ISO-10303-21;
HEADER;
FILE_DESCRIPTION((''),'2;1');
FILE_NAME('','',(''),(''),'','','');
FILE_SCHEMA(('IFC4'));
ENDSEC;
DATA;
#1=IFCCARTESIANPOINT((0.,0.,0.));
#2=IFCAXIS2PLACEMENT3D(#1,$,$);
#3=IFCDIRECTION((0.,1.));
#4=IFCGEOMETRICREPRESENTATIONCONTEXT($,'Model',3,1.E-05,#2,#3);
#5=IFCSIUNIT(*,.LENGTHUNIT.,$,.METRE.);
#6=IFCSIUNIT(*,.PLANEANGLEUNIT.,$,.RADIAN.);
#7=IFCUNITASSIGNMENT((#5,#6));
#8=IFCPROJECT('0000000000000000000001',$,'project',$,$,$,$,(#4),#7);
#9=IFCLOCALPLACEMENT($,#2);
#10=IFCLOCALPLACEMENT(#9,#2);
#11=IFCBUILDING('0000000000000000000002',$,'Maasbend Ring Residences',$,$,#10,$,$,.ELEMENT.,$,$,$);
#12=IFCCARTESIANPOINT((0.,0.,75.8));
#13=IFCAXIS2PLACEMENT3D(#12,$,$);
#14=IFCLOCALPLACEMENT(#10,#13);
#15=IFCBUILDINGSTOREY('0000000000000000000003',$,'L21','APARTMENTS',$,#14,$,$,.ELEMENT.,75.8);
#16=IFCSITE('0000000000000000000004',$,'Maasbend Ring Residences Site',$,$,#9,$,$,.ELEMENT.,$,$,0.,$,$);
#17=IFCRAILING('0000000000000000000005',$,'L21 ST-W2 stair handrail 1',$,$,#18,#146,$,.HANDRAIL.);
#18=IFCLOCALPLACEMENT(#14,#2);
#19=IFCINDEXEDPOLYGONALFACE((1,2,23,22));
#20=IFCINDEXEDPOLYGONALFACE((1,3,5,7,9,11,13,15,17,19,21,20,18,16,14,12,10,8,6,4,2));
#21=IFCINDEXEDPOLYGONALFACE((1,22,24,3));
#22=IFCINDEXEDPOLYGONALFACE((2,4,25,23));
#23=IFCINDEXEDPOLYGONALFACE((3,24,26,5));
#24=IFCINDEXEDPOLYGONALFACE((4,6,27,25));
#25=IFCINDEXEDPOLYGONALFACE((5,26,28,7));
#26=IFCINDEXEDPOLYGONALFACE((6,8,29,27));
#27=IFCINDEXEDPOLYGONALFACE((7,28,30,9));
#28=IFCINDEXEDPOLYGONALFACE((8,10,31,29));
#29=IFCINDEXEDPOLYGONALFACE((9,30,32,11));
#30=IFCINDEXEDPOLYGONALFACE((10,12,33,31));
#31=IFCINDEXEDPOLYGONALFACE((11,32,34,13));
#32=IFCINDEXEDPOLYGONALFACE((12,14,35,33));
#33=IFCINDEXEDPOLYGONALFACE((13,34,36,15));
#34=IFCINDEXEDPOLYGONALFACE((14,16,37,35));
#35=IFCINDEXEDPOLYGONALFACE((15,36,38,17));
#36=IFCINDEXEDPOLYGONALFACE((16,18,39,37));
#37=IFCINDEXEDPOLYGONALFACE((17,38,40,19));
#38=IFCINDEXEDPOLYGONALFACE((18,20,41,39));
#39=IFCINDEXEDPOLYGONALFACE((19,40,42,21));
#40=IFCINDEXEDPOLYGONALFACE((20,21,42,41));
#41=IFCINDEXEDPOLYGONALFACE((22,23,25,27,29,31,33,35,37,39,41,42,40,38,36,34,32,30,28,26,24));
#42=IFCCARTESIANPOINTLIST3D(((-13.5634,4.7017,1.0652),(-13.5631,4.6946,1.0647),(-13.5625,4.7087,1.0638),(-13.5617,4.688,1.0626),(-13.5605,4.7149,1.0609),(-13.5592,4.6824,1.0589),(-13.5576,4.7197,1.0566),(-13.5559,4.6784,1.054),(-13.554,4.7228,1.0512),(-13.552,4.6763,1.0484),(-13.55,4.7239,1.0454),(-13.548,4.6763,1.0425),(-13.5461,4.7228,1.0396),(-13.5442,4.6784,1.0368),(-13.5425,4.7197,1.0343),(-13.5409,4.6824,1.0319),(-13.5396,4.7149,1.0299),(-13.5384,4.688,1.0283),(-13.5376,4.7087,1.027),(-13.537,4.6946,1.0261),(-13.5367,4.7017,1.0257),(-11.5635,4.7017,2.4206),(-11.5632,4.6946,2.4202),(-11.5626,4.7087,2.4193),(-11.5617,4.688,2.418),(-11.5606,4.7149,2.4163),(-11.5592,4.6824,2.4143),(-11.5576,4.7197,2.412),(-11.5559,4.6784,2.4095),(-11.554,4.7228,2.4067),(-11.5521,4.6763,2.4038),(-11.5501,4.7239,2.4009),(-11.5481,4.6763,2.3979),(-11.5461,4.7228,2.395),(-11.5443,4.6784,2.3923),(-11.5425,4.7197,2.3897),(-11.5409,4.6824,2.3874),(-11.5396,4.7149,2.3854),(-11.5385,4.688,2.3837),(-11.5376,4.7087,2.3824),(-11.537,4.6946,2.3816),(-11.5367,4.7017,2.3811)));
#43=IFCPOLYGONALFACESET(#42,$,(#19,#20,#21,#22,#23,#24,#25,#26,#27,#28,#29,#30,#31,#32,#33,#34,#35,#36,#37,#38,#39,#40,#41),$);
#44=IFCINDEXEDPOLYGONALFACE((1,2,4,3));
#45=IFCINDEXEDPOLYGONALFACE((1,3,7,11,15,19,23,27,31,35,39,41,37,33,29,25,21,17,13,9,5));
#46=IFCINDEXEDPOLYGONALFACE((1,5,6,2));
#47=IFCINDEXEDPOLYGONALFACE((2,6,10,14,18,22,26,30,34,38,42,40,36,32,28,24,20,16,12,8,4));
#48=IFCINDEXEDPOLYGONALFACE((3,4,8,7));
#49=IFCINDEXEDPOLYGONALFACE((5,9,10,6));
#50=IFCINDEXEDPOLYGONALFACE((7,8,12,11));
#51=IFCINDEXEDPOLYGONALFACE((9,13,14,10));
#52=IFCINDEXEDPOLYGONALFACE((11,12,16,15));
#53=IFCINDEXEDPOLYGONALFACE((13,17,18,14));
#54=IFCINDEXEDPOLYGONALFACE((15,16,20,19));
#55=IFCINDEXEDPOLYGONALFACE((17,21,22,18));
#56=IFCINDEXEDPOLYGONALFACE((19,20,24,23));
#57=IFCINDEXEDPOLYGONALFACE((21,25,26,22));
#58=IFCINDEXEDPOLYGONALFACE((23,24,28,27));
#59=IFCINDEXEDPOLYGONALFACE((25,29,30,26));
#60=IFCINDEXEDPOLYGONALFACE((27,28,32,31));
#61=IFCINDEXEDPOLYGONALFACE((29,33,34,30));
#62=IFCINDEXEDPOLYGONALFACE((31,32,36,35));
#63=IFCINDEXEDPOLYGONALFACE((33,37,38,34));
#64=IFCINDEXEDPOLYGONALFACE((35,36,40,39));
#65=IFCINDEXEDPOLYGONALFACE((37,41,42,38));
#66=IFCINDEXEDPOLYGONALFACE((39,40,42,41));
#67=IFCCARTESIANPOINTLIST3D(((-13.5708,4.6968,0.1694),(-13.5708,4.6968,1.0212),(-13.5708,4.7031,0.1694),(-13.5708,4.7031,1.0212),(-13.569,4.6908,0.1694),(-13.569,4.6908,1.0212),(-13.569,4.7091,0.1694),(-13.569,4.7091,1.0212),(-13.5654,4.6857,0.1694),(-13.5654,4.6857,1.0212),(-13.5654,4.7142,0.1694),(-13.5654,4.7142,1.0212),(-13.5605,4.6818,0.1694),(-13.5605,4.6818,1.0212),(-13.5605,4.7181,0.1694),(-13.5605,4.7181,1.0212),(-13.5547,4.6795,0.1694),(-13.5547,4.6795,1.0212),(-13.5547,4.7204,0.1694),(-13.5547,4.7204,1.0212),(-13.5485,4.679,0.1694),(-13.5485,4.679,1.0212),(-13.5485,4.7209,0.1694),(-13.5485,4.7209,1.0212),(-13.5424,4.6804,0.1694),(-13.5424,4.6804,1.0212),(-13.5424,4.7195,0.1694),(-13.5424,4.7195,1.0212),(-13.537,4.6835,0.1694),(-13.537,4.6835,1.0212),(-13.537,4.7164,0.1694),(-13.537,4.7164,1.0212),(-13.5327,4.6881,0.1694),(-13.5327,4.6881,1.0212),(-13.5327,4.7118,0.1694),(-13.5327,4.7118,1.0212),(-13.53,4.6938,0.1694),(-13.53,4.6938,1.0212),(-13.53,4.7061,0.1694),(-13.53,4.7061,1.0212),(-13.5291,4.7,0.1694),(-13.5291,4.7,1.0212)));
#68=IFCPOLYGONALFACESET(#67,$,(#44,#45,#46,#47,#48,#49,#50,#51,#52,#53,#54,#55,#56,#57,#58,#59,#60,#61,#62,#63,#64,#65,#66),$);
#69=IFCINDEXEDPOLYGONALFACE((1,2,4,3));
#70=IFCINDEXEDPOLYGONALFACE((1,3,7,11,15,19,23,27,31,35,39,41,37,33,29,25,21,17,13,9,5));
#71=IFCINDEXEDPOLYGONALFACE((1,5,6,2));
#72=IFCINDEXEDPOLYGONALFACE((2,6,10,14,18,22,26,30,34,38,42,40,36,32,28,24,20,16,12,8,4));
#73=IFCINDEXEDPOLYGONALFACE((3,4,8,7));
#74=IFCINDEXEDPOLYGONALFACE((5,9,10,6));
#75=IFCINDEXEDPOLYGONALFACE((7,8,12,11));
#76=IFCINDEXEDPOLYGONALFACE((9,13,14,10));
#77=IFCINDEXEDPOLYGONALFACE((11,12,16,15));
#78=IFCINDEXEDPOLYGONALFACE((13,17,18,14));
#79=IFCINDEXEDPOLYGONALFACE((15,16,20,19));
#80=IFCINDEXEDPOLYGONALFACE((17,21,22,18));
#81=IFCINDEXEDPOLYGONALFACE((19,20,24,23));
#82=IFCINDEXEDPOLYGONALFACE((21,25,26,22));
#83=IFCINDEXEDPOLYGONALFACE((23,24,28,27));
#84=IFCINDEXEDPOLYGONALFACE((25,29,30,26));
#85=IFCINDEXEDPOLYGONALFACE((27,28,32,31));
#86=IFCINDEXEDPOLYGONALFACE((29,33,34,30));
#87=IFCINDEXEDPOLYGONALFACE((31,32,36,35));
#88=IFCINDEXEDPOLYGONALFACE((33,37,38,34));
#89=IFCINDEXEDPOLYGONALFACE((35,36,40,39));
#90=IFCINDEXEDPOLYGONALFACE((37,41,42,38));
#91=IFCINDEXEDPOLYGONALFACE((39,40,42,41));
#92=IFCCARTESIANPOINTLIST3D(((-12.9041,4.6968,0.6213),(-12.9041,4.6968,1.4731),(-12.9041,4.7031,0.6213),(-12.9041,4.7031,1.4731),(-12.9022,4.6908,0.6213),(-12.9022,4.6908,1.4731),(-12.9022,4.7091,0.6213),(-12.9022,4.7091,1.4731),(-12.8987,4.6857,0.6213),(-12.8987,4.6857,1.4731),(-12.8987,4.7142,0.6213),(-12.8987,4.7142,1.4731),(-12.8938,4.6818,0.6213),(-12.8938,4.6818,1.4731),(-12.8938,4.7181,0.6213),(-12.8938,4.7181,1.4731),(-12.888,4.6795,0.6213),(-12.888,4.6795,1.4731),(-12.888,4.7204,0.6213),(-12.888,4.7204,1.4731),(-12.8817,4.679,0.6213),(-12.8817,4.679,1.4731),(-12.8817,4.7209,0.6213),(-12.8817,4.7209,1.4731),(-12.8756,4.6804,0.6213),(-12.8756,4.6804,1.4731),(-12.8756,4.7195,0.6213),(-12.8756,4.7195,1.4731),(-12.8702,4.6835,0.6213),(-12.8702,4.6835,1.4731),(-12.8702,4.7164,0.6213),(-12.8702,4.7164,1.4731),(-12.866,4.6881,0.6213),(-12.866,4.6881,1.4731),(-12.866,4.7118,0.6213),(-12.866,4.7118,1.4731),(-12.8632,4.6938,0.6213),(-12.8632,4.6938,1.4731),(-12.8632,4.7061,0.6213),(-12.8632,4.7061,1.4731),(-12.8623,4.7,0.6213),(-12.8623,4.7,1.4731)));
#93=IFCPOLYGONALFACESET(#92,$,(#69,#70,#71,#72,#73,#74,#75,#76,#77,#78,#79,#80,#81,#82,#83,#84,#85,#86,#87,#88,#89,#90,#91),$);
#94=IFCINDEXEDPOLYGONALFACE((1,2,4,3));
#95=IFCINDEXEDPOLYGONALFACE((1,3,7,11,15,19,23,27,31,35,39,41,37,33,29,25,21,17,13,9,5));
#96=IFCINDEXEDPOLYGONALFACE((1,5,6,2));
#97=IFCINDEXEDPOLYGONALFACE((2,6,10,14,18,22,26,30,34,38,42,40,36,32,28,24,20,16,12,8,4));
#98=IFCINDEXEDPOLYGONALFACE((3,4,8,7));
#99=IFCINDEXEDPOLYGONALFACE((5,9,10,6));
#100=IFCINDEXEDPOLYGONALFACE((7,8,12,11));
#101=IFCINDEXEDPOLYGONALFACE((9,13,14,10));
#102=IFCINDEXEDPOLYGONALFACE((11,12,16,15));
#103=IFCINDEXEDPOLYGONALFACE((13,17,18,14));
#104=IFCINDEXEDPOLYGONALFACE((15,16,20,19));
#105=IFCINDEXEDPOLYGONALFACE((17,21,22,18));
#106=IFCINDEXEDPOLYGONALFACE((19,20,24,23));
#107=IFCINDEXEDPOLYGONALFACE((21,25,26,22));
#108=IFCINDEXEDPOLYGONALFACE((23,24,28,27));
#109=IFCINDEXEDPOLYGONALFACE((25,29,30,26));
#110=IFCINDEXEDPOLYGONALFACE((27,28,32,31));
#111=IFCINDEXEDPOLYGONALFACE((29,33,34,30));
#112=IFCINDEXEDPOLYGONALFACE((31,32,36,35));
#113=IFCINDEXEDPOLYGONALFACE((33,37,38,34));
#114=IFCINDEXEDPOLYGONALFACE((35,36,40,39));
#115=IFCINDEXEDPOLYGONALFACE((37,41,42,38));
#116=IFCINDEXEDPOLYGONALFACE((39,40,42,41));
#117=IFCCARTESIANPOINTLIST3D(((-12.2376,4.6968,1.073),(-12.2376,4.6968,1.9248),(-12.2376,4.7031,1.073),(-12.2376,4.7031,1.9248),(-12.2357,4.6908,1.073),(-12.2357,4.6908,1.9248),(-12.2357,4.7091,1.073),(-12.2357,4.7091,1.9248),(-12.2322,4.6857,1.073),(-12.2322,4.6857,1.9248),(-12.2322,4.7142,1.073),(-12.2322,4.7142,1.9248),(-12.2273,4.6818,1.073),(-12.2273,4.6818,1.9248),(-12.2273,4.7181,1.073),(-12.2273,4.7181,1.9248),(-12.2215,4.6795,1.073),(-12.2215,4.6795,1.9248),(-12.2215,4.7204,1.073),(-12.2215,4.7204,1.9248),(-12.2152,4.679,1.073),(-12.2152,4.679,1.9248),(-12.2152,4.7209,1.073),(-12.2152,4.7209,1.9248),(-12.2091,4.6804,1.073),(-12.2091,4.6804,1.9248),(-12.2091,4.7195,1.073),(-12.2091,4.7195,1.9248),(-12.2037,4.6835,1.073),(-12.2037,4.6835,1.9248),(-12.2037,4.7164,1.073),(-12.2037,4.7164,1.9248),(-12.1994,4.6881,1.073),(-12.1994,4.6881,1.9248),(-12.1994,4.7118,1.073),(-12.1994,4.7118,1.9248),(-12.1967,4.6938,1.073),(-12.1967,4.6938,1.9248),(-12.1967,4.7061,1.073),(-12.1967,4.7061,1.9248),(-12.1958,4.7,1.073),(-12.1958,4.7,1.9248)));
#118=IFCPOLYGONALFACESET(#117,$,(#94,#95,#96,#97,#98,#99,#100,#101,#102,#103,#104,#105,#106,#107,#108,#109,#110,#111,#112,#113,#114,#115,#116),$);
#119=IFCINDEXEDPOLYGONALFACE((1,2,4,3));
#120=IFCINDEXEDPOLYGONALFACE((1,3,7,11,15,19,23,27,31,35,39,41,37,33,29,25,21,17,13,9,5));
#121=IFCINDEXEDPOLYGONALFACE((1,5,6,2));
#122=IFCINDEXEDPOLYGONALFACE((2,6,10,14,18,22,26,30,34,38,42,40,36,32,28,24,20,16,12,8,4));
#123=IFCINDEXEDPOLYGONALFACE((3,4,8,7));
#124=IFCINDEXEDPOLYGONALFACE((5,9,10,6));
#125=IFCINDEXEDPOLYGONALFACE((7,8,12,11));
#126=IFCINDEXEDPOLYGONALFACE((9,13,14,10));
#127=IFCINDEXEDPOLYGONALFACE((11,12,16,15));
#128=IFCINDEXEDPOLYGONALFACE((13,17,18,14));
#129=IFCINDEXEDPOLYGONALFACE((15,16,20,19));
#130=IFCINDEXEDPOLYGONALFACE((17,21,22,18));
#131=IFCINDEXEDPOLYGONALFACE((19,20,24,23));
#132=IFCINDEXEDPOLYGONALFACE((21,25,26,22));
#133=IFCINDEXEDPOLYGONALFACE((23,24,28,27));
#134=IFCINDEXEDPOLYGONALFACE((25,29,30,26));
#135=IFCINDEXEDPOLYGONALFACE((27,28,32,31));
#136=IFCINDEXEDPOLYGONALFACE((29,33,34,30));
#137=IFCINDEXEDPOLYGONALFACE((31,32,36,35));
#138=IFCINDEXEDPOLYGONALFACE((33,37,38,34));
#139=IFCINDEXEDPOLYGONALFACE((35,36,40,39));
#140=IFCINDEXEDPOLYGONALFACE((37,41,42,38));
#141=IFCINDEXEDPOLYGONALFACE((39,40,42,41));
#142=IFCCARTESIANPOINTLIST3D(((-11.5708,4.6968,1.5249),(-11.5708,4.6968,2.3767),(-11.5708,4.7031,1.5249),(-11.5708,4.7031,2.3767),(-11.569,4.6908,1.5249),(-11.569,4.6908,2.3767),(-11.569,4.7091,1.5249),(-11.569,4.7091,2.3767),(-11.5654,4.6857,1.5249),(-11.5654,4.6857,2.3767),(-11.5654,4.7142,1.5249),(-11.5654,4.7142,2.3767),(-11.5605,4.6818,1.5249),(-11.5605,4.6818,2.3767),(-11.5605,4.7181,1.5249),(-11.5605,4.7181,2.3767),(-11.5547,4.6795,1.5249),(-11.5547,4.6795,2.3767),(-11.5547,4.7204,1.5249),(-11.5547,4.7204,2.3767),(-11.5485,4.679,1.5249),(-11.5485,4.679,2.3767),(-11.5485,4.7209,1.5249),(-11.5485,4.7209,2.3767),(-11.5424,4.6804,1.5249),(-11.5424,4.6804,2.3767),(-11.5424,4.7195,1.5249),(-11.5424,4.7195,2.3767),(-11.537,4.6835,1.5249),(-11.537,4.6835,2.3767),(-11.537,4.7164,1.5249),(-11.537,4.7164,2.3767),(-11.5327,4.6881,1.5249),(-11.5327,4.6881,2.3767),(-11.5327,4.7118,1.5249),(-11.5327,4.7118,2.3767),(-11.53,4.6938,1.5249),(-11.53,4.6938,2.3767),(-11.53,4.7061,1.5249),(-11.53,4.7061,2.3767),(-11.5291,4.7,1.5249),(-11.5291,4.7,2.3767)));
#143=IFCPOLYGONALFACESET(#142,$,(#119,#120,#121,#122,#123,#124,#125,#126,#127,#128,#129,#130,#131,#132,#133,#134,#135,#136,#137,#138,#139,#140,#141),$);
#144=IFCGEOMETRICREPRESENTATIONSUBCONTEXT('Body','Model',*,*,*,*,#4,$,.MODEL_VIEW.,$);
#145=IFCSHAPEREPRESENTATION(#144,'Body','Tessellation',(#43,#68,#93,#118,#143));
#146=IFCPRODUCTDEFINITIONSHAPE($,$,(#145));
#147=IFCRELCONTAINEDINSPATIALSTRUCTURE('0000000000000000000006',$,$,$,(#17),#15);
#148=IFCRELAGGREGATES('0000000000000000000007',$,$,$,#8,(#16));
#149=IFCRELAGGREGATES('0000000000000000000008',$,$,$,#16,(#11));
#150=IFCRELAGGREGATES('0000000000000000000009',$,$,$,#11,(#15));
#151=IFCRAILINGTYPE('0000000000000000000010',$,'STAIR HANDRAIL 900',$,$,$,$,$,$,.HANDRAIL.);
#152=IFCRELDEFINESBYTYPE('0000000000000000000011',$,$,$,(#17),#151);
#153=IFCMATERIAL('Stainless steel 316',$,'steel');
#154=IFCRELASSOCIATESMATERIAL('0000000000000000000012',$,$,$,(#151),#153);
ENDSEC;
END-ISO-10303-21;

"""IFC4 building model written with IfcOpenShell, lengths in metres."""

from ifc_helpers import new_model, si_unit, direction, frame, origin, origin_2d, place, context, subcontext, project, spatial, circle, extrude, material, type_object, element, save


model = new_model("IFC4")

# Units and contexts
model_context = context("Model", 3, precision=1e-05, world=origin(), true_north=direction((0.0, 1.0)))
body_context = subcontext(model_context, "Body", "Model", "MODEL_VIEW")
ifc_project = project(units=[si_unit("LENGTHUNIT", "METRE"), si_unit("PLANEANGLEUNIT", "RADIAN")], contexts=[model_context])

# Site, building, storey
site_placement = place(None, origin())
site = spatial("IfcSite", under=ifc_project, at=site_placement, Name="Maasbend Ring Residences Site", CompositionType="ELEMENT", RefElevation=0.0)
building_placement = place(site_placement, origin())
building = spatial("IfcBuilding", under=site, at=building_placement, Name="Maasbend Ring Residences", CompositionType="ELEMENT")
storey_placement = place(building_placement, frame((0.0, 0.0, 75.8)))
storey = spatial("IfcBuildingStorey", under=building, at=storey_placement, Name="L21", Description="APARTMENTS", CompositionType="ELEMENT", Elevation=75.8)

# Railing
ifc_material_1 = material(Name="Stainless steel 316", Category="steel")
railing_type_1 = type_object("IfcRailingType", Name="STAIR HANDRAIL 900", PredefinedType="HANDRAIL", material=ifc_material_1)
railing_1_placement = place(storey_placement, frame((-13.55, 4.7, 0.1694)))
element("IfcRailing", 1, at=railing_1_placement, inside=storey, type_object=railing_type_1, Name="L21 ST-W2 stair handrail 1", PredefinedType="HANDRAIL", context=body_context, shape_type="SweptSolid", body=[
    extrude(circle(Radius=0.0239, at=origin_2d()), frame((0.0, 0.0, 0.876), z_axis=(0.827798, 0.0, 0.561027), x_axis=(0.0, 1.0, 0.0)), (0.0, 0.0, 1.0), 2.416),
    extrude(circle(Radius=0.021, at=origin_2d()), origin(), (0.0, 0.0, 1.0), 0.8518),
    extrude(circle(Radius=0.021, at=origin_2d()), frame((0.6667, 0.0, 0.4519)), (0.0, 0.0, 1.0), 0.8518),
    extrude(circle(Radius=0.021, at=origin_2d()), frame((1.3333, 0.0, 0.9036)), (0.0, 0.0, 1.0), 0.8518),
    extrude(circle(Radius=0.021, at=origin_2d()), frame((2.0, 0.0, 1.3555)), (0.0, 0.0, 1.0), 0.8518),
])

save(model, "model.ifc")
